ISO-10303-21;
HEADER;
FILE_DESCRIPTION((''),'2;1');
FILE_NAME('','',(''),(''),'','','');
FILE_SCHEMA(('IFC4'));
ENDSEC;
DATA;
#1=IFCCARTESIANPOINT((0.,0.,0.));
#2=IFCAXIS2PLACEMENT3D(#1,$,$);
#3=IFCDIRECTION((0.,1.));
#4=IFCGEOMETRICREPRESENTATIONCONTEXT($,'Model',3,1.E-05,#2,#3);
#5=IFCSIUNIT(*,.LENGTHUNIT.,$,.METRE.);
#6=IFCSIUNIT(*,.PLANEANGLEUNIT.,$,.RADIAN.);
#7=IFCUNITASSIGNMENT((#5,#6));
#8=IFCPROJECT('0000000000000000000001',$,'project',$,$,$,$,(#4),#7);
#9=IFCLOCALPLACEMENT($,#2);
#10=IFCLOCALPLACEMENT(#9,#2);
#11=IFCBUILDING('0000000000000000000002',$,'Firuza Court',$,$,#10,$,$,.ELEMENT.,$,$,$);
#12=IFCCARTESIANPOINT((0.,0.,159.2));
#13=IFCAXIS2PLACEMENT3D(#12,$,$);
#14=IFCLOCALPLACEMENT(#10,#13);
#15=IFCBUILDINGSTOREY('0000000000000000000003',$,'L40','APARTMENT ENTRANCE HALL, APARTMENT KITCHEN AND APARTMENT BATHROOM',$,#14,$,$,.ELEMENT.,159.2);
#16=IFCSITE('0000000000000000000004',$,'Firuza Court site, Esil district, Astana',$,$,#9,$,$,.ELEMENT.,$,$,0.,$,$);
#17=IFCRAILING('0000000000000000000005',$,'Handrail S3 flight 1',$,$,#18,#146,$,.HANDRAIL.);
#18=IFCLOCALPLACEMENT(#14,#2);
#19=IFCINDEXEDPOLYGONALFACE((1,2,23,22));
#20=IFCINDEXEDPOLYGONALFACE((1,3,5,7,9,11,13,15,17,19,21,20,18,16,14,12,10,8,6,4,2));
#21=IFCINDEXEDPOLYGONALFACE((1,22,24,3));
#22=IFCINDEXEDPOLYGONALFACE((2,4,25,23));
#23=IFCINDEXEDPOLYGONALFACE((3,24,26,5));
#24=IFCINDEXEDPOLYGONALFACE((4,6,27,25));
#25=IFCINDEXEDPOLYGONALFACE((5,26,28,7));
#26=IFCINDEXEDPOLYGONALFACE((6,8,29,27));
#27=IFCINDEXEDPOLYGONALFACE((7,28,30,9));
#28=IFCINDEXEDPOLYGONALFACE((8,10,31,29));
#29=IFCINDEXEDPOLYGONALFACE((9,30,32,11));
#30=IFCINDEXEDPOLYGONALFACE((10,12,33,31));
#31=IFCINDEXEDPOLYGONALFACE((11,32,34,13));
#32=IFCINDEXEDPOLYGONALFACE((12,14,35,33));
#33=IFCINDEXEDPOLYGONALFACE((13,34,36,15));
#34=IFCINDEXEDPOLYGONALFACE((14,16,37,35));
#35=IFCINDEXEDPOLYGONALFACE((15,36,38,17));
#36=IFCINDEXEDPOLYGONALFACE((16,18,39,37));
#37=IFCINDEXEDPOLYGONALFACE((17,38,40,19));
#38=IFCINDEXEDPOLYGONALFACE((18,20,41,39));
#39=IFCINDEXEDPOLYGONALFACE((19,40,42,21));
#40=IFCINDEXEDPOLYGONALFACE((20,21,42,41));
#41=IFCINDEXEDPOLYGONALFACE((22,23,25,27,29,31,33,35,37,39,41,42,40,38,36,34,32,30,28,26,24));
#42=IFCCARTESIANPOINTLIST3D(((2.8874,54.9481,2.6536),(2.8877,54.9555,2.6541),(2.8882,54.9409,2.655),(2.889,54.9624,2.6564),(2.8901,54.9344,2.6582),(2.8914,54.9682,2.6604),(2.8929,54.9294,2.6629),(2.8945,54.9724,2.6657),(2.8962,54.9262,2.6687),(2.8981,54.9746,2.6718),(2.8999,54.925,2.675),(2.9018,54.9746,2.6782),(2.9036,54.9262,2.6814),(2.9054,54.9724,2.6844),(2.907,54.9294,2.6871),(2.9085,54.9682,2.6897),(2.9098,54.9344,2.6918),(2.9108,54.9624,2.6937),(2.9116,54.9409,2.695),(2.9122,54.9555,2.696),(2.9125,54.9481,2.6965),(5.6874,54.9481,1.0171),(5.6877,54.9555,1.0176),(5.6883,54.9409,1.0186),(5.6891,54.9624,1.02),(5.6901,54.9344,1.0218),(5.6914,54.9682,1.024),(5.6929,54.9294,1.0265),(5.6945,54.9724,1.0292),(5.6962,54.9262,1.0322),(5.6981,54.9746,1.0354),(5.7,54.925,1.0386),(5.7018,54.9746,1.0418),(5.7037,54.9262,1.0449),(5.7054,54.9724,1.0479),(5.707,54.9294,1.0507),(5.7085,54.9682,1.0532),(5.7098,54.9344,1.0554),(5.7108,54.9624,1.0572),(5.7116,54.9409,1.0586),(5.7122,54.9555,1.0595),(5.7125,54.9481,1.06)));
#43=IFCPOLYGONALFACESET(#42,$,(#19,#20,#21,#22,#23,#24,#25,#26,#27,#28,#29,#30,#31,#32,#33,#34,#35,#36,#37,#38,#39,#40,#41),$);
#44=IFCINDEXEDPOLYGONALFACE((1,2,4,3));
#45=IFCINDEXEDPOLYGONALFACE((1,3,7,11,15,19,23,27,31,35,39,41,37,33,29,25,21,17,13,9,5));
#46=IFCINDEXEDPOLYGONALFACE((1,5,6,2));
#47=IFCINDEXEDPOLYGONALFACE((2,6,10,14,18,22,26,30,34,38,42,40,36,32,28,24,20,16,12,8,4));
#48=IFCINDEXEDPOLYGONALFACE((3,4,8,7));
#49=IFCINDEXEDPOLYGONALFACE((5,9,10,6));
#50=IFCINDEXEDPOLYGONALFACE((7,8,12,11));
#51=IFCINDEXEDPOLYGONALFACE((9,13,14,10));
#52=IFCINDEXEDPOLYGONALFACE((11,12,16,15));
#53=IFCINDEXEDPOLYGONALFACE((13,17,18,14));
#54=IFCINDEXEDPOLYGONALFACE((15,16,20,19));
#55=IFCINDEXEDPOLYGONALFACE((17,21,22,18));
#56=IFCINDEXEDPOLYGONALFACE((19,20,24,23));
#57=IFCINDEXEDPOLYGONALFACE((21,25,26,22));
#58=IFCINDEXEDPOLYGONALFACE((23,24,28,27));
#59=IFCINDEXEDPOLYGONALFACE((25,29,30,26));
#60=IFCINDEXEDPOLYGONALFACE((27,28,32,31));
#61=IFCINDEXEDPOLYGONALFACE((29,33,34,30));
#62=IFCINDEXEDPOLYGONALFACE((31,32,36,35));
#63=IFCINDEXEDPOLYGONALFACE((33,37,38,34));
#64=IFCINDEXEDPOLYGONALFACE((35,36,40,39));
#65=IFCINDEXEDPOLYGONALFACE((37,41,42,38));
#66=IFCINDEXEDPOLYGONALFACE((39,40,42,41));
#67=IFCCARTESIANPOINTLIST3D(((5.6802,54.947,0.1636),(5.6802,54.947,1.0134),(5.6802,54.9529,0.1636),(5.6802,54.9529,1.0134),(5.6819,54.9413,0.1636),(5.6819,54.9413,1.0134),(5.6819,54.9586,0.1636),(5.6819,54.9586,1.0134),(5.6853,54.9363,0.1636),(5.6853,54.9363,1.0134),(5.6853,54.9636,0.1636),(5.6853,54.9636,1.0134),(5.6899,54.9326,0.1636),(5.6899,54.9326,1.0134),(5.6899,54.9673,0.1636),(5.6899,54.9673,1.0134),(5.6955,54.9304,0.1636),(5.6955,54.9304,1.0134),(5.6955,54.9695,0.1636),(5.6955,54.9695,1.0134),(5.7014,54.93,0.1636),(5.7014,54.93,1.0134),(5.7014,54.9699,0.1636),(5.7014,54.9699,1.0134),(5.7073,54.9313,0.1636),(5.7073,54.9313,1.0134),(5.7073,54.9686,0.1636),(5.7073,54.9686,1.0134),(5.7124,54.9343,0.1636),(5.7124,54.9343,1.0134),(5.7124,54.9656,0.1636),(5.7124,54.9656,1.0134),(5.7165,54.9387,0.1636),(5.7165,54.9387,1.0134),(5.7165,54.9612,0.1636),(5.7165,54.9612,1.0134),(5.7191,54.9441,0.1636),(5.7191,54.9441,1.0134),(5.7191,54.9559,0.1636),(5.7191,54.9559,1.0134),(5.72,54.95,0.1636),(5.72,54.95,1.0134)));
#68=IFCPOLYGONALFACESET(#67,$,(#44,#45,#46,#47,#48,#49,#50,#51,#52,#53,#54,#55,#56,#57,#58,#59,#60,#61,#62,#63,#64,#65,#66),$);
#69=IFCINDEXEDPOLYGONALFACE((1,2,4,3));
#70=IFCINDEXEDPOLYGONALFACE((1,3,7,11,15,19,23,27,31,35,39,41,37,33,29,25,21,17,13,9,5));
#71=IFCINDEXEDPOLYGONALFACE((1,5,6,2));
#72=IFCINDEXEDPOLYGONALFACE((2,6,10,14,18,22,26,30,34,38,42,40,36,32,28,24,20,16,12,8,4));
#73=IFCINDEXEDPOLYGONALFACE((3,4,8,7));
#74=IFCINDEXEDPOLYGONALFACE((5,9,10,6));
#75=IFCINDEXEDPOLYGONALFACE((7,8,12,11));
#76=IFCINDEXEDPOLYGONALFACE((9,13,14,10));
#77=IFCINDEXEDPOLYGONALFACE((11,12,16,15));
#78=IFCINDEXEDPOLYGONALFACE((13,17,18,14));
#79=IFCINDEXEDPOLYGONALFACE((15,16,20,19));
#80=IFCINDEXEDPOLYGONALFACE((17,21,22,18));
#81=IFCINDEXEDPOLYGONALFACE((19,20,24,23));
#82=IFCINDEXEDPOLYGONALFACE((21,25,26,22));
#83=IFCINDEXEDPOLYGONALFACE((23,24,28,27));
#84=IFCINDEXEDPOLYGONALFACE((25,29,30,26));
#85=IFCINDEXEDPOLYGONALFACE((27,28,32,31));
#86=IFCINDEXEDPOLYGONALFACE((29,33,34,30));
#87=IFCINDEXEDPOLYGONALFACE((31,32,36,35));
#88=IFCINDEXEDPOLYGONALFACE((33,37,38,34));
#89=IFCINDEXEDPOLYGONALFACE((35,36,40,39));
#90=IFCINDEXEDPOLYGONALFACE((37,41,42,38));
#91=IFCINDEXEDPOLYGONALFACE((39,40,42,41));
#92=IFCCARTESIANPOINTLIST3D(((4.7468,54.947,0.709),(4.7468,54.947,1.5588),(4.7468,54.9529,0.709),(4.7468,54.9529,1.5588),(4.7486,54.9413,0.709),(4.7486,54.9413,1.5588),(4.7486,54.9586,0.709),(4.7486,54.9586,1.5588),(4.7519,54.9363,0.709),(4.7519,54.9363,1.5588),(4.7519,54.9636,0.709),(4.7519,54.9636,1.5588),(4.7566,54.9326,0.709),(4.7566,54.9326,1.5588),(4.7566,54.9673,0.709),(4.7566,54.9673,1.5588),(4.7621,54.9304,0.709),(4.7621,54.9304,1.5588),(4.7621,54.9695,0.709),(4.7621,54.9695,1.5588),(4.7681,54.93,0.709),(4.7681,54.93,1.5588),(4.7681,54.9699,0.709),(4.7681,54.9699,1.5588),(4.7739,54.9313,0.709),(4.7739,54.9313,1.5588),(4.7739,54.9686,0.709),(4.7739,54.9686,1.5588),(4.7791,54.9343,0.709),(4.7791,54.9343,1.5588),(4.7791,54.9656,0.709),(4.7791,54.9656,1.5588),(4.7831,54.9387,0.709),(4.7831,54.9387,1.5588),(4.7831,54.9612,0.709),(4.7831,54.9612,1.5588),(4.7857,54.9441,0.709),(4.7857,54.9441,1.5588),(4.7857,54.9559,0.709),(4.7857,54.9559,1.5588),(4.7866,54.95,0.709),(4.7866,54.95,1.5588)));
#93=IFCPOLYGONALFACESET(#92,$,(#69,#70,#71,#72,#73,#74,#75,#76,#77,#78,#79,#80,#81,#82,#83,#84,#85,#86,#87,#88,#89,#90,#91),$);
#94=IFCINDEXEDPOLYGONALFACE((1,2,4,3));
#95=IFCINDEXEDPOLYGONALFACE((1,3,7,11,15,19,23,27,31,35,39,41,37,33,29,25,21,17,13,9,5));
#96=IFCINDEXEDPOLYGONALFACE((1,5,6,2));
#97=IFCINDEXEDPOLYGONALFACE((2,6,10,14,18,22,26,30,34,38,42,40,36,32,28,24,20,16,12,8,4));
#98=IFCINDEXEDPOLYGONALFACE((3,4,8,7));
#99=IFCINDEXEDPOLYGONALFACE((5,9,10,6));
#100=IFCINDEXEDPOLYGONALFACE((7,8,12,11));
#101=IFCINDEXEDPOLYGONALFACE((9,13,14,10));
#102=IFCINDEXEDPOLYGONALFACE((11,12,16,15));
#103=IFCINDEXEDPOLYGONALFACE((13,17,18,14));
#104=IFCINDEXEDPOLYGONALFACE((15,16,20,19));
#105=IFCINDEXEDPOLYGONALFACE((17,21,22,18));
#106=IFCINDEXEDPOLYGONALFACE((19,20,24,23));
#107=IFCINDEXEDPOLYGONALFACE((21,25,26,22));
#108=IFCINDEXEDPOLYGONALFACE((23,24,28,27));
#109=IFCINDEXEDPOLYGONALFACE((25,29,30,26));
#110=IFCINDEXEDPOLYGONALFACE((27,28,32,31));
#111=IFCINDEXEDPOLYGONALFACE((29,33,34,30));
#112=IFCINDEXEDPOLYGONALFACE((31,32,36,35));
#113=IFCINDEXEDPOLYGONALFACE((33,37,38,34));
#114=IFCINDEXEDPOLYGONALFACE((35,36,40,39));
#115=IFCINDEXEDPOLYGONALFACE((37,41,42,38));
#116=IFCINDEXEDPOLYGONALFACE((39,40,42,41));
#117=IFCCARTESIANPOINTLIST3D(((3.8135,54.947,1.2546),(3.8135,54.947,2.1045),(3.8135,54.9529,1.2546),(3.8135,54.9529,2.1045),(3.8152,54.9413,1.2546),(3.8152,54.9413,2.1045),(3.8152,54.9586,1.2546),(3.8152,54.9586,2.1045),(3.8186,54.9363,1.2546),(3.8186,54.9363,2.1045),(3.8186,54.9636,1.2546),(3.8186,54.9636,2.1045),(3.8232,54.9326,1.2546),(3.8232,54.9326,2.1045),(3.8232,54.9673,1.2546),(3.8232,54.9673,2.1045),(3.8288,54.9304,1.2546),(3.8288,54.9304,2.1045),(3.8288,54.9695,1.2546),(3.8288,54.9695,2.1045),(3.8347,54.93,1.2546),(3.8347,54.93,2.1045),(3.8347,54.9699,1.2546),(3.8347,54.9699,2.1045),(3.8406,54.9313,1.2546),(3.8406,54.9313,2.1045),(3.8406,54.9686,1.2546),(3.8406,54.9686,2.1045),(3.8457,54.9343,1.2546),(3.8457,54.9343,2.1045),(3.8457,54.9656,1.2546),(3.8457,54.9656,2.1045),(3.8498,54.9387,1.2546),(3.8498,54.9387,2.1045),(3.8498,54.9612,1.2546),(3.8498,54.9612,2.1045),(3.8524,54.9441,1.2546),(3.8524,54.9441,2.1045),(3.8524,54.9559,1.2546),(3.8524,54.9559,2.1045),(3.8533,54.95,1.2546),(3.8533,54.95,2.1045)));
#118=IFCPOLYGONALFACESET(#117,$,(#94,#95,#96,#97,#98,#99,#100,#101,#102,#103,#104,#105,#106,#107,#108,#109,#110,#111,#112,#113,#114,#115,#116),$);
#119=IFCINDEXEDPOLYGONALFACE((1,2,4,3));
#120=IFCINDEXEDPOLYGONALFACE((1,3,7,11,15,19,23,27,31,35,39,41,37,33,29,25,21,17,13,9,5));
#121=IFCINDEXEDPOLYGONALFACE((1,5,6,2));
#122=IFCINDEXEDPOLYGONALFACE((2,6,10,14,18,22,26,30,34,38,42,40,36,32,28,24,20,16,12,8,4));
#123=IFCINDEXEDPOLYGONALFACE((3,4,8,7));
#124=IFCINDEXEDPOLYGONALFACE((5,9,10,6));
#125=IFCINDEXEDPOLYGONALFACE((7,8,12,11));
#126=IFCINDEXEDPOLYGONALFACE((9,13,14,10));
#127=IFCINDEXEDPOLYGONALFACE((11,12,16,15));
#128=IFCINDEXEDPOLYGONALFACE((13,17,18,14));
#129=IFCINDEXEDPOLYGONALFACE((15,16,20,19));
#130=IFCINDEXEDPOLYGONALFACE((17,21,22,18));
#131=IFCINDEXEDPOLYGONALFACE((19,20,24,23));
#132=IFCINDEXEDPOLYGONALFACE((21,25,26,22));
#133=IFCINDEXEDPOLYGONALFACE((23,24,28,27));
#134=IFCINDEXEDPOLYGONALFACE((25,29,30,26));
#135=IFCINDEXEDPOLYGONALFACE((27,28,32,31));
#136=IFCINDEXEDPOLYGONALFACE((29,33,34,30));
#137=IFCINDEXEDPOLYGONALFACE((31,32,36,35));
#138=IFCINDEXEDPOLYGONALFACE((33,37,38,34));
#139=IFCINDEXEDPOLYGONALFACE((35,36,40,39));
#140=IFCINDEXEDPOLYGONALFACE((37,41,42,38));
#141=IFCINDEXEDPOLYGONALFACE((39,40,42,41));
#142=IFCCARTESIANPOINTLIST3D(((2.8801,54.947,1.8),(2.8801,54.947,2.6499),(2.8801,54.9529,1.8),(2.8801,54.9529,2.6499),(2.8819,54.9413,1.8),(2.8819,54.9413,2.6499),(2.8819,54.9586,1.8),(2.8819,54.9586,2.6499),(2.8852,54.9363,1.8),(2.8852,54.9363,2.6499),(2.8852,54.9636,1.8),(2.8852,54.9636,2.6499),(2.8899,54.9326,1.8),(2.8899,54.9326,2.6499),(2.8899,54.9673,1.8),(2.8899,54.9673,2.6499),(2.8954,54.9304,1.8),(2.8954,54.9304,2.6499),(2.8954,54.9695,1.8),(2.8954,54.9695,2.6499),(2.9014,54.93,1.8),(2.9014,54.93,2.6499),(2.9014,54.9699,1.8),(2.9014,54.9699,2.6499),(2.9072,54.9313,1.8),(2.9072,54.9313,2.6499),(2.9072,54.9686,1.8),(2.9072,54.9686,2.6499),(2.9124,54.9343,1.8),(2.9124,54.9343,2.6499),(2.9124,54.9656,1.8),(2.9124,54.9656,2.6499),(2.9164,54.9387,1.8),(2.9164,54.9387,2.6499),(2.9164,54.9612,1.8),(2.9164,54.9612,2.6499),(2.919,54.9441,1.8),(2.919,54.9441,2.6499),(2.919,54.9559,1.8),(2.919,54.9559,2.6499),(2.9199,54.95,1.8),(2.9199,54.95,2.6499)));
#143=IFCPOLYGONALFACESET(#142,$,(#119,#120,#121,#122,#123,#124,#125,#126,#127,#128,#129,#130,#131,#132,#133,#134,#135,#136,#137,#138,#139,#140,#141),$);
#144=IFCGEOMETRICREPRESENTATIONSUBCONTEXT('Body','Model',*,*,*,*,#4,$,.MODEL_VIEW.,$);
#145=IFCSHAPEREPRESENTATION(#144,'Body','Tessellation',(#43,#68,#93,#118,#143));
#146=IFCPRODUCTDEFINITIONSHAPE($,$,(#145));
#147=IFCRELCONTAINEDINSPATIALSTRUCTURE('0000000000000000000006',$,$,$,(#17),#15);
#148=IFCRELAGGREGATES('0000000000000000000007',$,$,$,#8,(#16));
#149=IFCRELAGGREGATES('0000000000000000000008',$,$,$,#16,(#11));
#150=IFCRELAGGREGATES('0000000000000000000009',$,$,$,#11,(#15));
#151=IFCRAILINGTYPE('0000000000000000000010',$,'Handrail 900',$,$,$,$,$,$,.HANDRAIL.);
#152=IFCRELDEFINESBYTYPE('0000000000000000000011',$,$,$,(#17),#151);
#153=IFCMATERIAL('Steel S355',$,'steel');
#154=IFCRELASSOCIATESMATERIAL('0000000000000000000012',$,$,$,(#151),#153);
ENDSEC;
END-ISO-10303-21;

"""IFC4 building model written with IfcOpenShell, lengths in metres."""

from ifc_helpers import new_model, si_unit, direction, frame, origin, origin_2d, place, context, subcontext, project, spatial, circle, extrude, material, type_object, element, save


model = new_model("IFC4")

# Units and contexts
model_context = context("Model", 3, precision=1e-05, world=origin(), true_north=direction((0.0, 1.0)))
body_context = subcontext(model_context, "Body", "Model", "MODEL_VIEW")
ifc_project = project(units=[si_unit("LENGTHUNIT", "METRE"), si_unit("PLANEANGLEUNIT", "RADIAN")], contexts=[model_context])

# Site, building, storey
site_placement = place(None, origin())
site = spatial("IfcSite", under=ifc_project, at=site_placement, Name="Firuza Court site, Esil district, Astana", CompositionType="ELEMENT", RefElevation=0.0)
building_placement = place(site_placement, origin())
building = spatial("IfcBuilding", under=site, at=building_placement, Name="Firuza Court", CompositionType="ELEMENT")
storey_placement = place(building_placement, frame((0.0, 0.0, 159.2)))
storey = spatial("IfcBuildingStorey", under=building, at=storey_placement, Name="L40", Description="APARTMENT ENTRANCE HALL, APARTMENT KITCHEN AND APARTMENT BATHROOM", CompositionType="ELEMENT", Elevation=159.2)

# Railing
ifc_material_1 = material(Name="Steel S355", Category="steel")
railing_type_1 = type_object("IfcRailingType", Name="Handrail 900", PredefinedType="HANDRAIL", material=ifc_material_1)
railing_1_placement = place(storey_placement, frame((5.7, 54.95, 0.1636)))
element("IfcRailing", 1, at=railing_1_placement, inside=storey, type_object=railing_type_1, Name="Handrail S3 flight 1", PredefinedType="HANDRAIL", context=body_context, shape_type="SweptSolid", body=[
    extrude(circle(Radius=0.0249, at=origin_2d()), frame((0.0, 0.0, 0.875), z_axis=(-0.863361, 0.0, 0.504587), x_axis=(0.0, -1.0, 0.0)), (0.0, 0.0, 1.0), 3.2432),
    extrude(circle(Radius=0.02, at=origin_2d()), origin(), (0.0, 0.0, 1.0), 0.8499),
    extrude(circle(Radius=0.02, at=origin_2d()), frame((-0.9333, 0.0, 0.5454)), (0.0, 0.0, 1.0), 0.8499),
    extrude(circle(Radius=0.02, at=origin_2d()), frame((-1.8667, 0.0, 1.0911)), (0.0, 0.0, 1.0), 0.8499),
    extrude(circle(Radius=0.02, at=origin_2d()), frame((-2.8, 0.0, 1.6365)), (0.0, 0.0, 1.0), 0.8499),
])

save(model, "model.ifc")
